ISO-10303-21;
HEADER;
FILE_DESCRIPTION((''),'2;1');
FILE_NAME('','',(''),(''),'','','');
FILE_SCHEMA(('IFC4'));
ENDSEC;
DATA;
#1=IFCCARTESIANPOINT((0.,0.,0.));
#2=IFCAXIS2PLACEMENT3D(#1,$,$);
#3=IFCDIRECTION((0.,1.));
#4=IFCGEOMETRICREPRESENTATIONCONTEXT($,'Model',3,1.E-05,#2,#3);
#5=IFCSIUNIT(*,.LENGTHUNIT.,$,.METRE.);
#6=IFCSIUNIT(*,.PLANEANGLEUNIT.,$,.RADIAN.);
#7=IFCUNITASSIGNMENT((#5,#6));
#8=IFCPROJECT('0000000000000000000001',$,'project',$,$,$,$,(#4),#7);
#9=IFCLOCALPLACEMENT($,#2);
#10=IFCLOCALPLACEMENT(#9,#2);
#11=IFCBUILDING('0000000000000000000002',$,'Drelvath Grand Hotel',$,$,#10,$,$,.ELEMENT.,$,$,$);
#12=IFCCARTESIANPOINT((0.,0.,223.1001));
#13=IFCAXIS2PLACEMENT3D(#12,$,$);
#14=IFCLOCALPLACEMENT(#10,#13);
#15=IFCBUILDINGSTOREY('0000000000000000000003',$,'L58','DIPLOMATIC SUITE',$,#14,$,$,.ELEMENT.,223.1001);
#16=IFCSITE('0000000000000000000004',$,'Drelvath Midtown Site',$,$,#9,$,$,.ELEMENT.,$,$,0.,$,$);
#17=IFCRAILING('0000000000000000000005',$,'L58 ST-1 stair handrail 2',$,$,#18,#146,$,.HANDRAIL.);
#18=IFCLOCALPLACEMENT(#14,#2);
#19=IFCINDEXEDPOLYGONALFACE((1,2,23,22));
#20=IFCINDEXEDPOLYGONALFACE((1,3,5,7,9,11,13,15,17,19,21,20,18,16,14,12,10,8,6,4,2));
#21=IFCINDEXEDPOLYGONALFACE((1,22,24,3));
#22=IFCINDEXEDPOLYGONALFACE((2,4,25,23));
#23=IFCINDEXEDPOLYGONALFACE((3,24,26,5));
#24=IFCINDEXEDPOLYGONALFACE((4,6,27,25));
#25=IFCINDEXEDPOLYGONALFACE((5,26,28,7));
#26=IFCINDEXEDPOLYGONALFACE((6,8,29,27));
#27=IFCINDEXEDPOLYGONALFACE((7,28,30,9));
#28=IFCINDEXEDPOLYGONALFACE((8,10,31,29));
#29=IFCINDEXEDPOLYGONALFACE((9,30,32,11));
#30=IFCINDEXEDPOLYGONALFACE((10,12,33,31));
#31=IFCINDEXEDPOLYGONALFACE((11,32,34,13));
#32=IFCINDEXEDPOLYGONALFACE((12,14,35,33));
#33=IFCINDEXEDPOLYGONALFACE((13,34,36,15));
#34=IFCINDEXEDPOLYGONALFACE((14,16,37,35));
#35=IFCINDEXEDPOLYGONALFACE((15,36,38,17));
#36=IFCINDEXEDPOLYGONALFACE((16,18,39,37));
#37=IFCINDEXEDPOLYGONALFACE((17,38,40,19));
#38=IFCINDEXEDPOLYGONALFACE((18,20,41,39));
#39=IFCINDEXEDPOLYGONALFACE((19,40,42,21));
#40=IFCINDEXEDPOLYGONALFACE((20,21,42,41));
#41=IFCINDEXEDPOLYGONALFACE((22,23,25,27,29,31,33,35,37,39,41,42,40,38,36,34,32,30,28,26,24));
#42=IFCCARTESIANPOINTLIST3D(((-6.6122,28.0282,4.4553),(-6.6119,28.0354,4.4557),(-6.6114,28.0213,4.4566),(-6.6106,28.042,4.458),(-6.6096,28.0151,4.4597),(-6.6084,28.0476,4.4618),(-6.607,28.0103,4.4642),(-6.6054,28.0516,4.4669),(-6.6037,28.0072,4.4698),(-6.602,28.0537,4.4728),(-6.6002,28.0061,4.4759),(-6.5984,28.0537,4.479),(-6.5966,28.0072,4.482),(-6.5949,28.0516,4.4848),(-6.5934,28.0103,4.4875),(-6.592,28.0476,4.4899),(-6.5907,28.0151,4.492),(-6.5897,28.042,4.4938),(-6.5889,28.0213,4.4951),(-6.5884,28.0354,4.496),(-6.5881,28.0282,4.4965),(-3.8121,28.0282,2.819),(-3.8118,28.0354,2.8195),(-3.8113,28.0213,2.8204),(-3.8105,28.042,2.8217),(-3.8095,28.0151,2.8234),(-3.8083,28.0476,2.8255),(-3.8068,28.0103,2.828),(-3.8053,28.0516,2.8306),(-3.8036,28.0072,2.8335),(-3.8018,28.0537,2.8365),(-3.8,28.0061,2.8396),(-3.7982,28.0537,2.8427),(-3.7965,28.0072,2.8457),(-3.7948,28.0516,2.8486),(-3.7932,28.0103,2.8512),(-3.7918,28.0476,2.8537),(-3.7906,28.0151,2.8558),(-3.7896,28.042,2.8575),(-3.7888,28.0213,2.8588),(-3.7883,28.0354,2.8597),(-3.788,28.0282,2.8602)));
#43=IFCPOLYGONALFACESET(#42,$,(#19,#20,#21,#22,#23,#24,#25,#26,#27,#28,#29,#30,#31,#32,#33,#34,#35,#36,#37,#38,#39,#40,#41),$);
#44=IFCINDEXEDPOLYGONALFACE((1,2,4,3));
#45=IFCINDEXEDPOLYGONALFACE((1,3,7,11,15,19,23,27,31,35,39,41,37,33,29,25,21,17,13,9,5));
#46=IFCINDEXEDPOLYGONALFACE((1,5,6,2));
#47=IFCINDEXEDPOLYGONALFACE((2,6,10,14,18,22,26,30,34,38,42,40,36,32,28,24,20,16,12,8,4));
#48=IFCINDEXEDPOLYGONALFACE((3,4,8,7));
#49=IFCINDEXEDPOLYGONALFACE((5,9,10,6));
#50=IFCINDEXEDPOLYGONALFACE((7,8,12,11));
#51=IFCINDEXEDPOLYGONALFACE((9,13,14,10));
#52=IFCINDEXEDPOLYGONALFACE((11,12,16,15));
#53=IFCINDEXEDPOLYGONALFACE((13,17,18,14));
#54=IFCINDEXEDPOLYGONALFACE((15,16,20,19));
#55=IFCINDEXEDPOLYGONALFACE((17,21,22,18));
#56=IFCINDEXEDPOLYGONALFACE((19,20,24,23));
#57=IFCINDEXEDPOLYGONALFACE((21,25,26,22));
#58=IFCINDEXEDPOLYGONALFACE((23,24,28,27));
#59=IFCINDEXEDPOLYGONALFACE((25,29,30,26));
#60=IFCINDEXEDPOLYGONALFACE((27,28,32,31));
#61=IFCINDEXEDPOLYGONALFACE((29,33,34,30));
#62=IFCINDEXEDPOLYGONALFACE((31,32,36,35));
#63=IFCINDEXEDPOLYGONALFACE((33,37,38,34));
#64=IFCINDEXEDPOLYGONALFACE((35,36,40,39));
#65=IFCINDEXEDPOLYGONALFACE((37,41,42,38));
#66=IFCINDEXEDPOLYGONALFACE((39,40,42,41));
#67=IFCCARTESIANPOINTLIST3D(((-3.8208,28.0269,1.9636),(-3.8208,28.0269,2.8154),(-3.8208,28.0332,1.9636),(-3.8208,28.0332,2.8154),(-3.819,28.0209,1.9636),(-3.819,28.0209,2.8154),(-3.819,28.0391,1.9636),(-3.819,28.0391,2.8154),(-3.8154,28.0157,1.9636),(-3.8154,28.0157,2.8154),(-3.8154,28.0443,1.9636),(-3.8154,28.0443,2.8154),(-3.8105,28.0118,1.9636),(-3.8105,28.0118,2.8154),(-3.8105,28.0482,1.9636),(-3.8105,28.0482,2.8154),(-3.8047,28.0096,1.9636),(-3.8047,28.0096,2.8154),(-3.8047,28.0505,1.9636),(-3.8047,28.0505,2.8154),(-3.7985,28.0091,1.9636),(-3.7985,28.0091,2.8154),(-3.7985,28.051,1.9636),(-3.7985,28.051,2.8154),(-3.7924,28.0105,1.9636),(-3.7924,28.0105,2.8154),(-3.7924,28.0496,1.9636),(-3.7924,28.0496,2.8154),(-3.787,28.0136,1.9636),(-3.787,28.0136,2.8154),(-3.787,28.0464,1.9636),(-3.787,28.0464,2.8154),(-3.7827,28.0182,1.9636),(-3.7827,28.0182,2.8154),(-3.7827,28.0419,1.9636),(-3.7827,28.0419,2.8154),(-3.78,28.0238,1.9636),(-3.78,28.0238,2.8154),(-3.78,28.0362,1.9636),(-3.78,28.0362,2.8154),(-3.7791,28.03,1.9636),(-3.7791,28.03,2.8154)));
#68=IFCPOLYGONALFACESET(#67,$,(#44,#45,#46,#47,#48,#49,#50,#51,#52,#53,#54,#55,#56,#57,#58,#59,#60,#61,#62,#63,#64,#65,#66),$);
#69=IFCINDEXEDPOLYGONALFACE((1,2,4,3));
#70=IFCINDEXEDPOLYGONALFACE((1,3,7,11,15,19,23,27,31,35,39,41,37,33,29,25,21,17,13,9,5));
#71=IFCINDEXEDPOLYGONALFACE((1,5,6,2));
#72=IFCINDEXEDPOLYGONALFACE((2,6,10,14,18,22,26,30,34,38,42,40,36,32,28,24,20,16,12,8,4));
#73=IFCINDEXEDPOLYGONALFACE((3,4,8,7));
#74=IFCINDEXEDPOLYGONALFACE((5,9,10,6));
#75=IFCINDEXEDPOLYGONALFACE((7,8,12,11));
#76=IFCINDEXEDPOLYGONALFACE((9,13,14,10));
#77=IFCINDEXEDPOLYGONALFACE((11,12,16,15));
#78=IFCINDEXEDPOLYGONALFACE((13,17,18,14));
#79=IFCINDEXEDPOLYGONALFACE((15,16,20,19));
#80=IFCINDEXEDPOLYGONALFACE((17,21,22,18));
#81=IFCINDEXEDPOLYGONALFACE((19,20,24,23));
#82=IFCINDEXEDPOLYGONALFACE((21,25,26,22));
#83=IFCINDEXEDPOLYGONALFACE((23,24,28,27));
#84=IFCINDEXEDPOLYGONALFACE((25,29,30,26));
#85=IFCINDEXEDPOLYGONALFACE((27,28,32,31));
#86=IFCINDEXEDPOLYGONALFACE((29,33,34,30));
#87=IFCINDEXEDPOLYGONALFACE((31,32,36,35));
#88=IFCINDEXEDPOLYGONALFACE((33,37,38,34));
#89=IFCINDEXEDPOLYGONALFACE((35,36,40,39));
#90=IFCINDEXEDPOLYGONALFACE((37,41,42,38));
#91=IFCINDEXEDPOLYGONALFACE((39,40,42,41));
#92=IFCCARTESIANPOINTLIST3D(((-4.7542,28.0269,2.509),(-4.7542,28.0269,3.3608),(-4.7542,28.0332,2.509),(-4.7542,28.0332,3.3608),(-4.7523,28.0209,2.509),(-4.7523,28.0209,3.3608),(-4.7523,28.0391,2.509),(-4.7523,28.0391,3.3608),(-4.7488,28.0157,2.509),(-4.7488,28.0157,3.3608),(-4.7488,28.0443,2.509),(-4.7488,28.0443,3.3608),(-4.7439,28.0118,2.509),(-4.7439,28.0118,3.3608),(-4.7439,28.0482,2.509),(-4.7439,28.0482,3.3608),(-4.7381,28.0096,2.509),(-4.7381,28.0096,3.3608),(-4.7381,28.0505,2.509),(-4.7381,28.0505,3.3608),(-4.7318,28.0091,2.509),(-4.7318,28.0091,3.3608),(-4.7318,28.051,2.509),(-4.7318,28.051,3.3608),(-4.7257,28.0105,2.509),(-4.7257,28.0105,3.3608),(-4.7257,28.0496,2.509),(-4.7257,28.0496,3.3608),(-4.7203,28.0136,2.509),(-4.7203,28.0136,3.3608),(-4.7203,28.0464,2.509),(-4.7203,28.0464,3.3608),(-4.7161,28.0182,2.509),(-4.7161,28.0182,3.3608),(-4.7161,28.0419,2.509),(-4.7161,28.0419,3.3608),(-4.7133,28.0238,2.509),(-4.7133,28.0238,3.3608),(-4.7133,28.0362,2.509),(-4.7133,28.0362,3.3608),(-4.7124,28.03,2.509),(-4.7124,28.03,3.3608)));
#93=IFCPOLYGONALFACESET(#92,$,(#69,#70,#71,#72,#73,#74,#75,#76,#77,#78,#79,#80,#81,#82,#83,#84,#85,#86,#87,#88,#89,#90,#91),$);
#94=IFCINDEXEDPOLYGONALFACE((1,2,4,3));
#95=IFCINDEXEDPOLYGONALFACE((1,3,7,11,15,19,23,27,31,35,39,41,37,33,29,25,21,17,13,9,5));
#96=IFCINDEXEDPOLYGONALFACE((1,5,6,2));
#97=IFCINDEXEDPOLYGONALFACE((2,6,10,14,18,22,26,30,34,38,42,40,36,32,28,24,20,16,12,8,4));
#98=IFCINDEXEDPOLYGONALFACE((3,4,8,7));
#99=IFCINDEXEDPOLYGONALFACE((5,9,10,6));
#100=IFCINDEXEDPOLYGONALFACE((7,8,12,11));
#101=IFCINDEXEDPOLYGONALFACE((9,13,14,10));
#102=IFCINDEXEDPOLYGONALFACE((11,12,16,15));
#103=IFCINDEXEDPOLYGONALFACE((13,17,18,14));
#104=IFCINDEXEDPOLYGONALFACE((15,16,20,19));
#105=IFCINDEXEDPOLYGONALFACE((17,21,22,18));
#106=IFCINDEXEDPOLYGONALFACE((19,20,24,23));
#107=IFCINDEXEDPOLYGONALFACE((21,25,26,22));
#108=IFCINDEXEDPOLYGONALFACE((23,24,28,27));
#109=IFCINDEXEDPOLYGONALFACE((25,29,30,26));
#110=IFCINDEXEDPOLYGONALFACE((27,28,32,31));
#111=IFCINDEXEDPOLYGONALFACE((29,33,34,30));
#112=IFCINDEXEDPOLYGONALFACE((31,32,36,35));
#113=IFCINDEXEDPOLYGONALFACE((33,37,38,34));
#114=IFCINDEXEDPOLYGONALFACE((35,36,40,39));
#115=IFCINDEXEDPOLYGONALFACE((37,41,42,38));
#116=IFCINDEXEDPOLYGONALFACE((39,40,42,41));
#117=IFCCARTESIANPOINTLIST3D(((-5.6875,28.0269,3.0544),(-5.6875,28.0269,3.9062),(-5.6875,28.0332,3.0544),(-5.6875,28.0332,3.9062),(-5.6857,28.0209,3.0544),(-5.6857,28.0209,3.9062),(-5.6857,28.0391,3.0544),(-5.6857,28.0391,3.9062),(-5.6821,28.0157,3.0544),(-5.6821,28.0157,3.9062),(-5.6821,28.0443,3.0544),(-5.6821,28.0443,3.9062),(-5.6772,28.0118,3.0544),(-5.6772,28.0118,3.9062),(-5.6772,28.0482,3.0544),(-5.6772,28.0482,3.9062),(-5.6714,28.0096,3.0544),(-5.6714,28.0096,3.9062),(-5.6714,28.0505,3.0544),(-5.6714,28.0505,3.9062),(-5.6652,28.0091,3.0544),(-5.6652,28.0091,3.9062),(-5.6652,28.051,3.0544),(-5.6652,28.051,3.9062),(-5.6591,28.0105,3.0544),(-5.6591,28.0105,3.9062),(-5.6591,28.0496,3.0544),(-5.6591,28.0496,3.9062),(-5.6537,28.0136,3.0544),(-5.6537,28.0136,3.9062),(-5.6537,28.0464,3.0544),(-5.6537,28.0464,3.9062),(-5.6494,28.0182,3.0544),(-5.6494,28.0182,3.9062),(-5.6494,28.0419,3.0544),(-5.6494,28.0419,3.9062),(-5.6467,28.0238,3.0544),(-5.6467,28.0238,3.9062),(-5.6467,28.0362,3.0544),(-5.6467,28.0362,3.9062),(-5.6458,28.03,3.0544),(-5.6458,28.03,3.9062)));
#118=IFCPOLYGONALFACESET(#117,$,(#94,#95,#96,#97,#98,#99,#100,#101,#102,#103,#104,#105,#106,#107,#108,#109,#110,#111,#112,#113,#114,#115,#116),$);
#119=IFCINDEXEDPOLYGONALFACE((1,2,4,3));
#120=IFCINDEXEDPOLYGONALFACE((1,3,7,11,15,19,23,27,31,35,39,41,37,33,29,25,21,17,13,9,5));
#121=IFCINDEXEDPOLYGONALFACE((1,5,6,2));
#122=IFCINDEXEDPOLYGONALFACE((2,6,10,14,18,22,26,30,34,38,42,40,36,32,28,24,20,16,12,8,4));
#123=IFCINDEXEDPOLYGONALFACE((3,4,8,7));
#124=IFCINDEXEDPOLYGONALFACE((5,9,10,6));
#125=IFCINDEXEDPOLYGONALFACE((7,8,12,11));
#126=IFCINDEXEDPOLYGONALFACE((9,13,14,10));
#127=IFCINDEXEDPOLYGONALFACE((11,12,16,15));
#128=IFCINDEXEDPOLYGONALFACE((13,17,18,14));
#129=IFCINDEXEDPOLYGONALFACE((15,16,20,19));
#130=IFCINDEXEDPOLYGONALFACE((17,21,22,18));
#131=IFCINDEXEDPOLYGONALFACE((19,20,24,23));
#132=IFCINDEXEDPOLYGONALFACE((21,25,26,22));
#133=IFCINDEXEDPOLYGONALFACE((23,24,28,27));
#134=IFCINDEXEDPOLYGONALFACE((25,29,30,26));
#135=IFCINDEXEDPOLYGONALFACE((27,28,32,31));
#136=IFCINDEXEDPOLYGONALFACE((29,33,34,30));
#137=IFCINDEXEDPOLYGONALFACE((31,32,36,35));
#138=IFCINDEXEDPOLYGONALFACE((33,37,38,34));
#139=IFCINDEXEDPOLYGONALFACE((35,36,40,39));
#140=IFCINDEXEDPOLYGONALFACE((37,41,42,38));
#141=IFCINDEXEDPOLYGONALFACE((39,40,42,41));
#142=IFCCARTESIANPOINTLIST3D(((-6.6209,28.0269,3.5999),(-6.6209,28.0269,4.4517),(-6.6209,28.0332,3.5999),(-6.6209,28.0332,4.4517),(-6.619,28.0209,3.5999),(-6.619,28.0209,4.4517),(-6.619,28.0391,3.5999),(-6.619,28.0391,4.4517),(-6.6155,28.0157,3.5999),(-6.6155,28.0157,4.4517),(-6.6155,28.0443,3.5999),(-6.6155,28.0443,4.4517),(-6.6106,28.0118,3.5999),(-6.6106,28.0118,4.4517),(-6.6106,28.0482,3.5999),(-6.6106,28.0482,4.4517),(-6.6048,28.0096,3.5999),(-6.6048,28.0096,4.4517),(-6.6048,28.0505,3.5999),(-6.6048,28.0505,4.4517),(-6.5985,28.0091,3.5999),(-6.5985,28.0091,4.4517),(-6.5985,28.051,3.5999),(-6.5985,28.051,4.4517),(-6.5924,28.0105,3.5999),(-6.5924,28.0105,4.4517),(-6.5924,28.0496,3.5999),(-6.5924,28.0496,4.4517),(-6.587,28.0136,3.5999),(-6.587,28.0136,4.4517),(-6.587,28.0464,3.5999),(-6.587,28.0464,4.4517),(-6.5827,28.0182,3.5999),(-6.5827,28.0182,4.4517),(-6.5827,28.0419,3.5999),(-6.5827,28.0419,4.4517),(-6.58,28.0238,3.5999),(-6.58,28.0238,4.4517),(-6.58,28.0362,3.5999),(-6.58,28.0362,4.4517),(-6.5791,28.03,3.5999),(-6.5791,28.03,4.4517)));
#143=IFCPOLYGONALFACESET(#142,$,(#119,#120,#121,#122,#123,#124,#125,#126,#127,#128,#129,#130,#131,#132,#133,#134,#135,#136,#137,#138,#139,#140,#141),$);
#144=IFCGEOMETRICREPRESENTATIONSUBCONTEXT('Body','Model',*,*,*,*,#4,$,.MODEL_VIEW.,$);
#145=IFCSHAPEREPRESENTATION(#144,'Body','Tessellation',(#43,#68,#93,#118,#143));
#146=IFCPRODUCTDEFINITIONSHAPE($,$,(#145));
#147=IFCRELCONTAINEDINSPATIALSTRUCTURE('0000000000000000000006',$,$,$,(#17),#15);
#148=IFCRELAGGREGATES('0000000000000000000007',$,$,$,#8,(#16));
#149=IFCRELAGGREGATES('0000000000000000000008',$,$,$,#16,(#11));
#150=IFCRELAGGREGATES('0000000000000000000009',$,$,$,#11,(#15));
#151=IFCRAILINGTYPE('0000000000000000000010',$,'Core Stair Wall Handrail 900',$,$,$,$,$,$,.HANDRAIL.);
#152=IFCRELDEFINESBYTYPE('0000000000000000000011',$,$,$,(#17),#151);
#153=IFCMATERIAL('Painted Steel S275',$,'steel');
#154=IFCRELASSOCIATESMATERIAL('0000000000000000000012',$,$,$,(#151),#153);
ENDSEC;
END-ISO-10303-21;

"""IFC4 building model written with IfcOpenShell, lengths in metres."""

from ifc_helpers import new_model, si_unit, direction, frame, origin, origin_2d, place, context, subcontext, project, spatial, circle, extrude, material, type_object, element, save


model = new_model("IFC4")

# Units and contexts
model_context = context("Model", 3, precision=1e-05, world=origin(), true_north=direction((0.0, 1.0)))
body_context = subcontext(model_context, "Body", "Model", "MODEL_VIEW")
ifc_project = project(units=[si_unit("LENGTHUNIT", "METRE"), si_unit("PLANEANGLEUNIT", "RADIAN")], contexts=[model_context])

# Site, building, storey
site_placement = place(None, origin())
site = spatial("IfcSite", under=ifc_project, at=site_placement, Name="Drelvath Midtown Site", CompositionType="ELEMENT", RefElevation=0.0)
building_placement = place(site_placement, origin())
building = spatial("IfcBuilding", under=site, at=building_placement, Name="Drelvath Grand Hotel", CompositionType="ELEMENT")
storey_placement = place(building_placement, frame((0.0, 0.0, 223.1001)))
storey = spatial("IfcBuildingStorey", under=building, at=storey_placement, Name="L58", Description="DIPLOMATIC SUITE", CompositionType="ELEMENT", Elevation=223.1001)

# Shared definitions
ifc_material_1 = material(Name="Painted Steel S275", Category="steel")

# Railing
railing_type_1 = type_object("IfcRailingType", Name="Core Stair Wall Handrail 900", PredefinedType="HANDRAIL", material=ifc_material_1)
railing_1_placement = place(storey_placement, frame((-3.8, 28.03, 1.9636)))
element("IfcRailing", 1, at=railing_1_placement, inside=storey, type_object=railing_type_1, Name="L58 ST-1 stair handrail 2", PredefinedType="HANDRAIL", context=body_context, shape_type="SweptSolid", body=[
    extrude(circle(Radius=0.0239, at=origin_2d()), frame((0.0, 0.0, 0.876), z_axis=(-0.863394, 0.0, 0.504531), x_axis=(0.0, -1.0, 0.0)), (0.0, 0.0, 1.0), 3.2432),
    extrude(circle(Radius=0.021, at=origin_2d()), origin(), (0.0, 0.0, 1.0), 0.8518),
    extrude(circle(Radius=0.021, at=origin_2d()), frame((-0.9333, 0.0, 0.5454)), (0.0, 0.0, 1.0), 0.8518),
    extrude(circle(Radius=0.021, at=origin_2d()), frame((-1.8667, 0.0, 1.0908)), (0.0, 0.0, 1.0), 0.8518),
    extrude(circle(Radius=0.021, at=origin_2d()), frame((-2.8, 0.0, 1.6362)), (0.0, 0.0, 1.0), 0.8518),
])

save(model, "model.ifc")
